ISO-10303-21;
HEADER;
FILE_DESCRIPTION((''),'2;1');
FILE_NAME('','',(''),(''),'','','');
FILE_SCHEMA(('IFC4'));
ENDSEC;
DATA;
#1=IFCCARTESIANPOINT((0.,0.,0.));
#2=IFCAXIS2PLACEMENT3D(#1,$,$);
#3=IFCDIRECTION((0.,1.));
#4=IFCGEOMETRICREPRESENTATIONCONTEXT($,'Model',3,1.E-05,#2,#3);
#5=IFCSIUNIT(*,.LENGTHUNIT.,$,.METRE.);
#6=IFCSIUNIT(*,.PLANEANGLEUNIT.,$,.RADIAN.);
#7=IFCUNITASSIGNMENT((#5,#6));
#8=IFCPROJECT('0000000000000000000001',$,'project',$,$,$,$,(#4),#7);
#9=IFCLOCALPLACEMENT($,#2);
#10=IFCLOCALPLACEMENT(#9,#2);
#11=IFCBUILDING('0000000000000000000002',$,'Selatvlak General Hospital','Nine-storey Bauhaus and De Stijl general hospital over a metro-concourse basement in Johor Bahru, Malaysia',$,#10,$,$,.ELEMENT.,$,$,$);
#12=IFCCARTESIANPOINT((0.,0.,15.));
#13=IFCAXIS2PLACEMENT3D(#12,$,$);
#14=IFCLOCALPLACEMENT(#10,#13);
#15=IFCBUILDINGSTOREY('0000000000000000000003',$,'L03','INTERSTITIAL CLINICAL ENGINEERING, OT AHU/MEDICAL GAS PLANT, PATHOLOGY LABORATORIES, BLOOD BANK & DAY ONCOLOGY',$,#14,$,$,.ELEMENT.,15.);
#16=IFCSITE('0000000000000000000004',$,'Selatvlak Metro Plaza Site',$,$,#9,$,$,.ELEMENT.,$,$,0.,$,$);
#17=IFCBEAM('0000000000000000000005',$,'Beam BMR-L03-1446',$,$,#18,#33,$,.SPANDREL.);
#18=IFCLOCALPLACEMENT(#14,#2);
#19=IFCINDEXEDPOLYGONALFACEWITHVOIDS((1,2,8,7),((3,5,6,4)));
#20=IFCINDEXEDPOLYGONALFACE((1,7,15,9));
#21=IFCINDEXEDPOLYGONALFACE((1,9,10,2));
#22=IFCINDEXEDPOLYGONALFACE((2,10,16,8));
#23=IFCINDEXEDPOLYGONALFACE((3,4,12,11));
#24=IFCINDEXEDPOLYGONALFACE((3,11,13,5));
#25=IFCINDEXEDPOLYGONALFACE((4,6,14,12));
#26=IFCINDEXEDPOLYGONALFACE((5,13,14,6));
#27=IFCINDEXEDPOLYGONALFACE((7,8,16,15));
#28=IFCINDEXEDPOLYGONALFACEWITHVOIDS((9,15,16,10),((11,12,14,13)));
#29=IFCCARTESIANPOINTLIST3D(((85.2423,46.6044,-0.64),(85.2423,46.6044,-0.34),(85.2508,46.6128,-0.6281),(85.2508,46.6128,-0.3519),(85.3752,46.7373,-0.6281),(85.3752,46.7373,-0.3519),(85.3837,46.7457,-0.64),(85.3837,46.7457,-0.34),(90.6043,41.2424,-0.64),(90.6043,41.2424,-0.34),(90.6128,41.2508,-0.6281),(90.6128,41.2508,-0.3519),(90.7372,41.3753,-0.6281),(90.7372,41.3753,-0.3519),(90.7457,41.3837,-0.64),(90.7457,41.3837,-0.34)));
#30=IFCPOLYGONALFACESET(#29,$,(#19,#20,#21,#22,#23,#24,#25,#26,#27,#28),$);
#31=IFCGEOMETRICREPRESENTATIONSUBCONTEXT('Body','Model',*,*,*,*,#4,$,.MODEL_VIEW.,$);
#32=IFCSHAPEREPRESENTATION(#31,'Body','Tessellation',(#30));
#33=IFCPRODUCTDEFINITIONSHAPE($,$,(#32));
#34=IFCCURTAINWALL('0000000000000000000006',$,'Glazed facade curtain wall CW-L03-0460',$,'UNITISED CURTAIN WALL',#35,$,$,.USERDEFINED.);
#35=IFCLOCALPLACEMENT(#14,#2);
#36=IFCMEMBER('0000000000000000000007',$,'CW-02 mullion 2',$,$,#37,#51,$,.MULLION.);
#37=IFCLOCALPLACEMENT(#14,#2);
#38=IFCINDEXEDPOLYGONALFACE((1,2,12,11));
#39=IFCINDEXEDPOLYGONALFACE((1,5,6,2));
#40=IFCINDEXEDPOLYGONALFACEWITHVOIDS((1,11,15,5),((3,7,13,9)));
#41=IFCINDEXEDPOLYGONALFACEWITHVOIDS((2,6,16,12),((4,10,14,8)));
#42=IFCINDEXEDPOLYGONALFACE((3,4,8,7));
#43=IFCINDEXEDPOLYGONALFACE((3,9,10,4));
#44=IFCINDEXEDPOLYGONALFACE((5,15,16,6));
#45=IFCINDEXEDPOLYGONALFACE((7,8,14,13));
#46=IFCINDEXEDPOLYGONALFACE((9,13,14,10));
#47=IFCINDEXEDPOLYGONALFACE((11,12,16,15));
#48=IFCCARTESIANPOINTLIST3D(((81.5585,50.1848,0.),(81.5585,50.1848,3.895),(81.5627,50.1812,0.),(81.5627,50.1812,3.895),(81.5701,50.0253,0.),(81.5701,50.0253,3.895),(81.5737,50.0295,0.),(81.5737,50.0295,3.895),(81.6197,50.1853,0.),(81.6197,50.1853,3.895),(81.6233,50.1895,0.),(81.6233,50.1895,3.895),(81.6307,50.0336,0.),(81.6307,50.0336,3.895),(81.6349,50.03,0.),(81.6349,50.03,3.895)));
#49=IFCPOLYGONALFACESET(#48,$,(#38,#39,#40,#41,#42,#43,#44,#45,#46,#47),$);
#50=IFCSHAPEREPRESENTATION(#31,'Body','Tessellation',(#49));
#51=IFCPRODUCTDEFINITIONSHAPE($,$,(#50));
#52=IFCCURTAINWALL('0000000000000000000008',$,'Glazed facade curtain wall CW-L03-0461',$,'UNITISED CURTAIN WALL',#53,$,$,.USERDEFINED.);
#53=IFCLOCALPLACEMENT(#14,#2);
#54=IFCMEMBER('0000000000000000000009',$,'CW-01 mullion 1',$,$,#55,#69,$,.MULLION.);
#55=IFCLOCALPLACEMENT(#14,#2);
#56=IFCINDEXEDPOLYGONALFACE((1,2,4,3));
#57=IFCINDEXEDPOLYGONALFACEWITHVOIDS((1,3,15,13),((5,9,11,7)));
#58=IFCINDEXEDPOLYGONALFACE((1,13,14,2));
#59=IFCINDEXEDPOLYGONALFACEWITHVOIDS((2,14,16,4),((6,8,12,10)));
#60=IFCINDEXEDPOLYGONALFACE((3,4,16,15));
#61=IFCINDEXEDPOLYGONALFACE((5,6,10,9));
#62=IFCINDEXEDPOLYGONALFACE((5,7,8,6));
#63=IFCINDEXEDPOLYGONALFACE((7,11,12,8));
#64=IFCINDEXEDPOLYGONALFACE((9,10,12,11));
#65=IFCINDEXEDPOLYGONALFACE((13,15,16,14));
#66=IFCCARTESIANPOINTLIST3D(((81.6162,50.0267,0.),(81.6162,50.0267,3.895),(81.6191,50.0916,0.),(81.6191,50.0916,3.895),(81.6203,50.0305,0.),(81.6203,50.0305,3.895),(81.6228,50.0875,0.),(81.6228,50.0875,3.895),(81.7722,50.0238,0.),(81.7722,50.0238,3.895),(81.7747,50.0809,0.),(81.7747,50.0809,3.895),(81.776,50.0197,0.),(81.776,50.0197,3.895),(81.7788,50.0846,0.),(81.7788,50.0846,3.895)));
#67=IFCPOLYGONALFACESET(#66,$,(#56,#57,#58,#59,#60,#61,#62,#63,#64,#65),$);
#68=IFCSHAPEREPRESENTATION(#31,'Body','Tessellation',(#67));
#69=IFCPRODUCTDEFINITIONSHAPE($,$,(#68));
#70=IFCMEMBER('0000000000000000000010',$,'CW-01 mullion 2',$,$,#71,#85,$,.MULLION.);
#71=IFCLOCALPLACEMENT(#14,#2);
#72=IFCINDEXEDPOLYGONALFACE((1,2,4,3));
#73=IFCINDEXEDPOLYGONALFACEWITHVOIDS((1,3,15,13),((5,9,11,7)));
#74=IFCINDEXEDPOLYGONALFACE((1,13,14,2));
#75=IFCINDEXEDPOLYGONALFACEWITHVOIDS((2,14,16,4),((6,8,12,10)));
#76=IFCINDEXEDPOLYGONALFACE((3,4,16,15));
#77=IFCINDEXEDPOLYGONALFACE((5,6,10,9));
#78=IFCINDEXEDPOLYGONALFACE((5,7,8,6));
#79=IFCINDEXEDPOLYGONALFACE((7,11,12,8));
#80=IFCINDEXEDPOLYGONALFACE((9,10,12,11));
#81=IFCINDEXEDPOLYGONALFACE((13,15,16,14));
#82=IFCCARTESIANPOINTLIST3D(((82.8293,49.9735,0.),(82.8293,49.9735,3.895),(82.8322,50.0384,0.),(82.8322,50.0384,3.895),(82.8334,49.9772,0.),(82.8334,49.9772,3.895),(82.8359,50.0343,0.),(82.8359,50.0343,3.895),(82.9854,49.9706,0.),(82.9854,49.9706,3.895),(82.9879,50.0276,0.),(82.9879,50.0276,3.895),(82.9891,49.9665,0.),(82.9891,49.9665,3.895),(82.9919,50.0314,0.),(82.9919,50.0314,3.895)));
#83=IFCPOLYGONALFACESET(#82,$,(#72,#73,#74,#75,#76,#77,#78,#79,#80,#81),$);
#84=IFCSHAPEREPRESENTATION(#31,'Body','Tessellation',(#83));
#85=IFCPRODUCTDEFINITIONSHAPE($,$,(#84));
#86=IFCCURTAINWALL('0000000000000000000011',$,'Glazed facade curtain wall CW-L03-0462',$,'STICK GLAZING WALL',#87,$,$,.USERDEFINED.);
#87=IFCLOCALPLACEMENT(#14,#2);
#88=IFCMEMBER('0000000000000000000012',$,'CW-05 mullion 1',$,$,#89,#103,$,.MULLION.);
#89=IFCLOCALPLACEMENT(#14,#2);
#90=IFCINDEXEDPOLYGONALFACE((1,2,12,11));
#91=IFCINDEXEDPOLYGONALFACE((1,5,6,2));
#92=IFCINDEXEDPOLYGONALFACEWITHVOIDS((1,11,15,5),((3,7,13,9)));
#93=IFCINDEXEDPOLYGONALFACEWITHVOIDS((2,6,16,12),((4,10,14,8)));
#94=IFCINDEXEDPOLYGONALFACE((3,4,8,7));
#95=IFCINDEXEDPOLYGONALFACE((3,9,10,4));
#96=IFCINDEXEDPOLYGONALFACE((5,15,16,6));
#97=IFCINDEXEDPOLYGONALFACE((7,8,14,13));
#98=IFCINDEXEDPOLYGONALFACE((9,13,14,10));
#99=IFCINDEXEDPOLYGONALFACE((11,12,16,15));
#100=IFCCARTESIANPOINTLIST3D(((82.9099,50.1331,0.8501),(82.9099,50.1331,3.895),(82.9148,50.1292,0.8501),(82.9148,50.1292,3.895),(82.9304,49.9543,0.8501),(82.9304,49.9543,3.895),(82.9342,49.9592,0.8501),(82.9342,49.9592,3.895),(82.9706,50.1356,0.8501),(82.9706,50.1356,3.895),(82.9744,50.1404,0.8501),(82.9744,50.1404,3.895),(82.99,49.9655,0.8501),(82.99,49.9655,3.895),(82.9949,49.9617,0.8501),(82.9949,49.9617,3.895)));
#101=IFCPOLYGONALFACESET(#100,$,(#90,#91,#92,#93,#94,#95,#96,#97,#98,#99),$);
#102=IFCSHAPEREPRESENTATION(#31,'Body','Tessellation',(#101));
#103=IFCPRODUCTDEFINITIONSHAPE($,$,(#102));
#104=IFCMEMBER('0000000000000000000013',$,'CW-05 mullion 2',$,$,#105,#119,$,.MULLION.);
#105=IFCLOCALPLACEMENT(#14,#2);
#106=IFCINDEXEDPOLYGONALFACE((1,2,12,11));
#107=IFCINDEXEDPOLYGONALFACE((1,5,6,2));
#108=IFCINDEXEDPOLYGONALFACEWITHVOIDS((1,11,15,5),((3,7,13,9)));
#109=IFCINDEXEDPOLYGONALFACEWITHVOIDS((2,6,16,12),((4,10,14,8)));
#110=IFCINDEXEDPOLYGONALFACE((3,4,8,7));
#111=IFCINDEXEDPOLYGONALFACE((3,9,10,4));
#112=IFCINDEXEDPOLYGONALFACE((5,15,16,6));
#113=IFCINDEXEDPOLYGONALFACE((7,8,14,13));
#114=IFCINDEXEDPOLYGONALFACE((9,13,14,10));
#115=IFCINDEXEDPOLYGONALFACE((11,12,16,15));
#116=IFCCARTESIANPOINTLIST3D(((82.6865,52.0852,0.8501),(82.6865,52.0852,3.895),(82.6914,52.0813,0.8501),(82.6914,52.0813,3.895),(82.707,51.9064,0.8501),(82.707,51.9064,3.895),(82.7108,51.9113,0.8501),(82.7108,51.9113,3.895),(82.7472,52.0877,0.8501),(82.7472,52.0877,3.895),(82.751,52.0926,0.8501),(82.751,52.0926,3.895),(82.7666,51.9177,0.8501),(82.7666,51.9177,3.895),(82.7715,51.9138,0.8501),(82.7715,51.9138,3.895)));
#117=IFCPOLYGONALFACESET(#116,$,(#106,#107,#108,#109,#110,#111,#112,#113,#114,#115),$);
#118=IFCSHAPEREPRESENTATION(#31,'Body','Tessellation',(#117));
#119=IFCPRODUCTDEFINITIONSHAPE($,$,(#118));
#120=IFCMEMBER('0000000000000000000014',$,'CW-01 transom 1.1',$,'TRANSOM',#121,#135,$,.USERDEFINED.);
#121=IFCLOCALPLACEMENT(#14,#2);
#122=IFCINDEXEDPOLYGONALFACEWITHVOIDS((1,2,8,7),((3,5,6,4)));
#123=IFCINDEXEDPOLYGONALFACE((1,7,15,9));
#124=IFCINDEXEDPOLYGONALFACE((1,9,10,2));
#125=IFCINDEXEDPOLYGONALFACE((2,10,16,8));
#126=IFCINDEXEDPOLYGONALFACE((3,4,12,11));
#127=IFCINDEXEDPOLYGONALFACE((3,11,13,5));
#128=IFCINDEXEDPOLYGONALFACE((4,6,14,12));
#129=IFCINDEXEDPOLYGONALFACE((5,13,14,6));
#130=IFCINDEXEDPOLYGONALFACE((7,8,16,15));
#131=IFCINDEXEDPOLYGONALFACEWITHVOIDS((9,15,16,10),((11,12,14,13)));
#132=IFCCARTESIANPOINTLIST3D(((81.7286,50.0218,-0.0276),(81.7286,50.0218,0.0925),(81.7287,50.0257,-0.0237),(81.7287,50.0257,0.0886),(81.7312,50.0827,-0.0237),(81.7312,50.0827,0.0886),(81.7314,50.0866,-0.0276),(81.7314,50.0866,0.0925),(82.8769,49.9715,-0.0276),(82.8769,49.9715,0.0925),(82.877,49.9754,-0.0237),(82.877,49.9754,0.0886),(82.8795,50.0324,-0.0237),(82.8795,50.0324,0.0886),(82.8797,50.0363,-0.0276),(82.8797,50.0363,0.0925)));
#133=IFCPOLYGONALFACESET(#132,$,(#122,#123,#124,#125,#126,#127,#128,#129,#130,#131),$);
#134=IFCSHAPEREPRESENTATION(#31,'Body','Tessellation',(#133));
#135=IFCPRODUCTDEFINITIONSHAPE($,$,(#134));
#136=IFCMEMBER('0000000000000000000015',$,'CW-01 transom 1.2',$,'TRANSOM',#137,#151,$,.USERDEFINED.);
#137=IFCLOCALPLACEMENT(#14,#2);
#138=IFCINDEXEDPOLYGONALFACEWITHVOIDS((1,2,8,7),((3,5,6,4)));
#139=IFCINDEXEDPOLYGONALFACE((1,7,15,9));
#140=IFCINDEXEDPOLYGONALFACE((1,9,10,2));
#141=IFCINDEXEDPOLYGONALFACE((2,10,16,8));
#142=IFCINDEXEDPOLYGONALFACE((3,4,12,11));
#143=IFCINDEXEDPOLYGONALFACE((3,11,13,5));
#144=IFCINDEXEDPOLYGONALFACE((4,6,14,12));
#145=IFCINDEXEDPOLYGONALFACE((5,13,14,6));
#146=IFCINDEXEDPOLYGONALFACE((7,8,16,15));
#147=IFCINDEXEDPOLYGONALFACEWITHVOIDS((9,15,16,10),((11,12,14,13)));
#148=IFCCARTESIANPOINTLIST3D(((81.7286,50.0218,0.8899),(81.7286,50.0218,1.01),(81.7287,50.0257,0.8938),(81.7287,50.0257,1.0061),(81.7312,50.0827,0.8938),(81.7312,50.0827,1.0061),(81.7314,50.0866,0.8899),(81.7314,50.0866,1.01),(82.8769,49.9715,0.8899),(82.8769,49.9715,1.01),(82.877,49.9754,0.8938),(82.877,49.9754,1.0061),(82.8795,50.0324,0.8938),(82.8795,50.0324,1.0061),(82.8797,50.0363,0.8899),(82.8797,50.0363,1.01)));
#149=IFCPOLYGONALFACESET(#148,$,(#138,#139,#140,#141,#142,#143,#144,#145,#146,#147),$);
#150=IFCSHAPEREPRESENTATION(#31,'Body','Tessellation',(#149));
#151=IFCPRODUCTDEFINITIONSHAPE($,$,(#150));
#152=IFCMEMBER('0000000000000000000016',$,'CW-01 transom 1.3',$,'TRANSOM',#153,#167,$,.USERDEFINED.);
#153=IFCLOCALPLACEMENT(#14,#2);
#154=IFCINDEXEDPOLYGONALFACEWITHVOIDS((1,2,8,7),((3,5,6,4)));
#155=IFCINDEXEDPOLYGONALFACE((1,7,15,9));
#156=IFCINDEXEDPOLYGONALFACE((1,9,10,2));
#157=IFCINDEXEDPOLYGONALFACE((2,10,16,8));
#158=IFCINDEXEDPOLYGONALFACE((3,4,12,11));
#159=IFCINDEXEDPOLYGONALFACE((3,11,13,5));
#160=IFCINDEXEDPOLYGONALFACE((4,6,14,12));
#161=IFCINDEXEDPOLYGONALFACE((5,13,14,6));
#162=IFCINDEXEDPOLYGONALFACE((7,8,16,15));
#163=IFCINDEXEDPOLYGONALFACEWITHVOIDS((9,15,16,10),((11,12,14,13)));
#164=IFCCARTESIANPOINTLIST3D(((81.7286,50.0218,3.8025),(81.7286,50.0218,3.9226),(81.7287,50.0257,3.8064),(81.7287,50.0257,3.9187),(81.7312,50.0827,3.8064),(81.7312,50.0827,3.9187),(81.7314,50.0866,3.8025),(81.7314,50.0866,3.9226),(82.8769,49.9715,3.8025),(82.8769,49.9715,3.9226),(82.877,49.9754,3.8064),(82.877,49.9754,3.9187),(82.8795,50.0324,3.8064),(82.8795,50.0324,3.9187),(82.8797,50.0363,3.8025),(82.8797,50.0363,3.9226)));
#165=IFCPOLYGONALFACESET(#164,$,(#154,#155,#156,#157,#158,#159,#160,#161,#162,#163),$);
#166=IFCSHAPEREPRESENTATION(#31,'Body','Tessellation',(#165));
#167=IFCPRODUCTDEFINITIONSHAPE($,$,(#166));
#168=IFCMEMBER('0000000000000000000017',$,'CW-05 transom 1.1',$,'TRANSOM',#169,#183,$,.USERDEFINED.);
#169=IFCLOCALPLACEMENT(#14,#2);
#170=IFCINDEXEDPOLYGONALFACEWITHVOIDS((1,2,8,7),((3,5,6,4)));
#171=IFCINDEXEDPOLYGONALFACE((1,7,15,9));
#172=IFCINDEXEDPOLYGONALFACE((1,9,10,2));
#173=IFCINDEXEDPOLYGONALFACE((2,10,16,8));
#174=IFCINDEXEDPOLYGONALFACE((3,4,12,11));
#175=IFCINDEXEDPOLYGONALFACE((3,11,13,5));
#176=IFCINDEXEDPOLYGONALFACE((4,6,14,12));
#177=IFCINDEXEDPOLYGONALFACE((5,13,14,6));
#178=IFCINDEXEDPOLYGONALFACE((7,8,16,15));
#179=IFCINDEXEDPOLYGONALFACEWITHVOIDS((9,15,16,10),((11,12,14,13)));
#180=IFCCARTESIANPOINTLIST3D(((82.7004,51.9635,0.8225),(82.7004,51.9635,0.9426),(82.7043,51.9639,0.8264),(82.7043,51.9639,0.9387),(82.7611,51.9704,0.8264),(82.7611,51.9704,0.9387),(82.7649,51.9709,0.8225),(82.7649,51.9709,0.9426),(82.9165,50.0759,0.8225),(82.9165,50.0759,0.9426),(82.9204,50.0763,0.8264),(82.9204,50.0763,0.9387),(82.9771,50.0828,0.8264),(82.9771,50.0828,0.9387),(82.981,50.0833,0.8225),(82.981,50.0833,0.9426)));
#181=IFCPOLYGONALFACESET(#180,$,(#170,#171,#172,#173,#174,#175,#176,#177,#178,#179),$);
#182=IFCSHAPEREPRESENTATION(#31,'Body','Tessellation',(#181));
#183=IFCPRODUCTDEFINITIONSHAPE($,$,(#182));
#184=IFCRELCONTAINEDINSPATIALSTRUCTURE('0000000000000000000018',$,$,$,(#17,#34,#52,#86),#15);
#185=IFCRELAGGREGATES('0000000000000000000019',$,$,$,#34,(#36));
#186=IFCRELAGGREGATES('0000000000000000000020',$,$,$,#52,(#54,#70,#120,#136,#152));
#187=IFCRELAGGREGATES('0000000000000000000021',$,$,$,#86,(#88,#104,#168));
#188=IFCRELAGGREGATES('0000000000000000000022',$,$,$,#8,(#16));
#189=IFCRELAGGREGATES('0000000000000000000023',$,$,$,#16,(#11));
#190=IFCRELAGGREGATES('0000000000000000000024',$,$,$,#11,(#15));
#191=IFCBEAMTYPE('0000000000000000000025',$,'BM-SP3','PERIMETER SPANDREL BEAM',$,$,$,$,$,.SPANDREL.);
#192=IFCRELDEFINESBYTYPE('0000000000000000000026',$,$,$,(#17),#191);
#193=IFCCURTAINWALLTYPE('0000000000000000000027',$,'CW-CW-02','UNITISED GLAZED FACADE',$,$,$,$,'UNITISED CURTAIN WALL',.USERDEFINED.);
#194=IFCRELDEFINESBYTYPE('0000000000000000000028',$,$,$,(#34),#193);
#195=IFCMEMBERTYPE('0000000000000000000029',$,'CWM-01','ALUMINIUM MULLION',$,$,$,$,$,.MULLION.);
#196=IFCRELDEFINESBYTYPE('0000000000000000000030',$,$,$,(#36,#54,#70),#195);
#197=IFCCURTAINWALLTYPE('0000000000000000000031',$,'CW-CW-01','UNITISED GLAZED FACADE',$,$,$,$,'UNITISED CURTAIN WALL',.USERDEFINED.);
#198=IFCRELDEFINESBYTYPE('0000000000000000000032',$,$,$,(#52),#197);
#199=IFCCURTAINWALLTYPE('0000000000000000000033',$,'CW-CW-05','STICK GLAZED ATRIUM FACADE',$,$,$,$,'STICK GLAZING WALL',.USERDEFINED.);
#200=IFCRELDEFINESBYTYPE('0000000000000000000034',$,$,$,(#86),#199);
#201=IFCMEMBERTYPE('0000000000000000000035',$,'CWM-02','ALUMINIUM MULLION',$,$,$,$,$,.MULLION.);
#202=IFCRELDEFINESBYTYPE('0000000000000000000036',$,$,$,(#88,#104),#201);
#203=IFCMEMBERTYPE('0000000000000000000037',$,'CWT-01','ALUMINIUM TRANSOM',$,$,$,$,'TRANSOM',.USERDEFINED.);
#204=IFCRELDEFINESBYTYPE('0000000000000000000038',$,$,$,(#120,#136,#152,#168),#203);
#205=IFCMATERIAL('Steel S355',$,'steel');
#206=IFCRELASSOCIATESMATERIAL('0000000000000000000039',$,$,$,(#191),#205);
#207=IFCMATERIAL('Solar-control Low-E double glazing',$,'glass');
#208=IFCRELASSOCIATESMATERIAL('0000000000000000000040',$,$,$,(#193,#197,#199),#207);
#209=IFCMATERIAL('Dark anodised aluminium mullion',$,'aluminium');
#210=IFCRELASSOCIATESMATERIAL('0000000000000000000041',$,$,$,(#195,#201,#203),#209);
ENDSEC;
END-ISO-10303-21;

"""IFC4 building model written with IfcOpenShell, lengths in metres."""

from ifc_helpers import new_model, si_unit, direction, frame, origin, origin_2d, place, context, subcontext, project, spatial, hollow_rectangle, extrude, material, material_profile, profile_set, type_object, element, aggregate, save


model = new_model("IFC4")

# Units and contexts
model_context = context("Model", 3, precision=1e-05, world=origin(), true_north=direction((0.0, 1.0)))
body_context = subcontext(model_context, "Body", "Model", "MODEL_VIEW")
ifc_project = project(units=[si_unit("LENGTHUNIT", "METRE"), si_unit("PLANEANGLEUNIT", "RADIAN")], contexts=[model_context])

# Site, building, storey
site_placement = place(None, origin())
site = spatial("IfcSite", under=ifc_project, at=site_placement, Name="Selatvlak Metro Plaza Site", CompositionType="ELEMENT", RefElevation=0.0)
building_placement = place(site_placement, origin())
building = spatial("IfcBuilding", under=site, at=building_placement, Name="Selatvlak General Hospital", Description="Nine-storey Bauhaus and De Stijl general hospital over a metro-concourse basement in Johor Bahru, Malaysia", CompositionType="ELEMENT")
storey_placement = place(building_placement, frame((0.0, 0.0, 15.0)))
storey = spatial("IfcBuildingStorey", under=building, at=storey_placement, Name="L03", Description="INTERSTITIAL CLINICAL ENGINEERING, OT AHU/MEDICAL GAS PLANT, PATHOLOGY LABORATORIES, BLOOD BANK & DAY ONCOLOGY", CompositionType="ELEMENT", Elevation=15.0)

# Beam
ifc_material_1 = material(Name="Steel S355", Category="steel")
ifc_material_profile_1 = material_profile(ifc_material_1, hollow_rectangle(XDim=0.2, YDim=0.3, WallThickness=0.012, at=origin_2d()), Name="RHS 300x200x12")
ifc_profile_set_1 = profile_set([ifc_material_profile_1], Name="Steel S355")
beam_type = type_object("IfcBeamType", Name="BM-SP3", Description="PERIMETER SPANDREL BEAM", PredefinedType="SPANDREL", material=ifc_profile_set_1)
beam_placement = place(storey_placement, frame((85.313, 46.675, -0.49), z_axis=(0.707107, -0.707107, 0.0), x_axis=(0.707107, 0.707107, 0.0)))
element("IfcBeam", 1, at=beam_placement, inside=storey, type_object=beam_type, Name="Beam BMR-L03-1446", PredefinedType="SPANDREL", context=body_context, shape_type="SweptSolid", body=[
    extrude(hollow_rectangle(XDim=0.2, YDim=0.3, WallThickness=0.012, at=origin_2d()), origin(), (0.0, 0.0, 1.0), 7.583),
])

# Curtain wall, member
ifc_material_2 = material(Name="Solar-control Low-E double glazing", Category="glass")
curtain_wall_type_1 = type_object("IfcCurtainWallType", Name="CW-CW-02", Description="UNITISED GLAZED FACADE", ElementType="UNITISED CURTAIN WALL", PredefinedType="USERDEFINED", material=ifc_material_2)
curtain_wall_1_placement = place(storey_placement, origin())
curtain_wall_1 = element("IfcCurtainWall", 2, at=curtain_wall_1_placement, inside=storey, type_object=curtain_wall_type_1, Name="Glazed facade curtain wall CW-L03-0460", ObjectType="UNITISED CURTAIN WALL", PredefinedType="USERDEFINED")
ifc_material_3 = material(Name="Dark anodised aluminium mullion", Category="aluminium")
ifc_material_profile_2 = material_profile(ifc_material_3, hollow_rectangle(XDim=0.0649, YDim=0.1599, WallThickness=0.0039, at=origin_2d()), Name="AL-MUL 65x160x4")
ifc_profile_set_2 = profile_set([ifc_material_profile_2], Name="Dark anodised aluminium mullion")
member_type_1 = type_object("IfcMemberType", Name="CWM-01", Description="ALUMINIUM MULLION", PredefinedType="MULLION", material=ifc_profile_set_2)
member_1_placement = place(storey_placement, frame((81.5967, 50.1074, 0.0), z_axis=(0.0, 0.0, 1.0), x_axis=(0.997374, 0.072429, 0.0)))
member_1 = element("IfcMember", 3, at=member_1_placement, type_object=member_type_1, Name="CW-02 mullion 2", PredefinedType="MULLION", context=body_context, shape_type="SweptSolid", body=[
    extrude(hollow_rectangle(XDim=0.0649, YDim=0.1599, WallThickness=0.0039, at=origin_2d()), origin(), (0.0, 0.0, 1.0), 3.895),
])
aggregate(curtain_wall_1, [member_1])

# Curtain walls, members
curtain_wall_type_2 = type_object("IfcCurtainWallType", Name="CW-CW-01", Description="UNITISED GLAZED FACADE", ElementType="UNITISED CURTAIN WALL", PredefinedType="USERDEFINED", material=ifc_material_2)
curtain_wall_2_placement = place(storey_placement, origin())
curtain_wall_2 = element("IfcCurtainWall", 4, at=curtain_wall_2_placement, inside=storey, type_object=curtain_wall_type_2, Name="Glazed facade curtain wall CW-L03-0461", ObjectType="UNITISED CURTAIN WALL", PredefinedType="USERDEFINED")
member_2_placement = place(storey_placement, frame((81.6975, 50.0557, 0.0), z_axis=(0.0, 0.0, 1.0), x_axis=(0.043776, 0.999041, 0.0)))
member_2 = element("IfcMember", 5, at=member_2_placement, type_object=member_type_1, Name="CW-01 mullion 1", PredefinedType="MULLION", context=body_context, shape_type="SweptSolid", body=[
    extrude(hollow_rectangle(XDim=0.0649, YDim=0.1599, WallThickness=0.0039, at=origin_2d()), origin(), (0.0, 0.0, 1.0), 3.895),
])
member_3_placement = place(storey_placement, frame((82.9106, 50.0024, 0.0), z_axis=(0.0, 0.0, 1.0), x_axis=(0.043776, 0.999041, 0.0)))
member_3 = element("IfcMember", 6, at=member_3_placement, type_object=member_type_1, Name="CW-01 mullion 2", PredefinedType="MULLION", context=body_context, shape_type="SweptSolid", body=[
    extrude(hollow_rectangle(XDim=0.0649, YDim=0.1599, WallThickness=0.0039, at=origin_2d()), origin(), (0.0, 0.0, 1.0), 3.895),
])
curtain_wall_type_3 = type_object("IfcCurtainWallType", Name="CW-CW-05", Description="STICK GLAZED ATRIUM FACADE", ElementType="STICK GLAZING WALL", PredefinedType="USERDEFINED", material=ifc_material_2)
curtain_wall_3_placement = place(storey_placement, origin())
curtain_wall_3 = element("IfcCurtainWall", 7, at=curtain_wall_3_placement, inside=storey, type_object=curtain_wall_type_3, Name="Glazed facade curtain wall CW-L03-0462", ObjectType="STICK GLAZING WALL", PredefinedType="USERDEFINED")
ifc_material_profile_3 = material_profile(ifc_material_3, hollow_rectangle(XDim=0.0649, YDim=0.1799, WallThickness=0.0044, at=origin_2d()), Name="AL-MUL 65x180x4.5")
ifc_profile_set_3 = profile_set([ifc_material_profile_3], Name="Dark anodised aluminium mullion")
member_type_2 = type_object("IfcMemberType", Name="CWM-02", Description="ALUMINIUM MULLION", PredefinedType="MULLION", material=ifc_profile_set_3)
member_4_placement = place(storey_placement, frame((82.9524, 50.0474, 0.8501), z_axis=(0.0, 0.0, 1.0), x_axis=(-0.993521, -0.113645, 0.0)))
member_4 = element("IfcMember", 8, at=member_4_placement, type_object=member_type_2, Name="CW-05 mullion 1", PredefinedType="MULLION", context=body_context, shape_type="SweptSolid", body=[
    extrude(hollow_rectangle(XDim=0.0649, YDim=0.1799, WallThickness=0.0044, at=origin_2d()), origin(), (0.0, 0.0, 1.0), 3.0449),
])
member_5_placement = place(storey_placement, frame((82.729, 51.9995, 0.8501), z_axis=(0.0, 0.0, 1.0), x_axis=(-0.993521, -0.113645, 0.0)))
member_5 = element("IfcMember", 9, at=member_5_placement, type_object=member_type_2, Name="CW-05 mullion 2", PredefinedType="MULLION", context=body_context, shape_type="SweptSolid", body=[
    extrude(hollow_rectangle(XDim=0.0649, YDim=0.1799, WallThickness=0.0044, at=origin_2d()), origin(), (0.0, 0.0, 1.0), 3.0449),
])

# Members
ifc_material_profile_4 = material_profile(ifc_material_3, hollow_rectangle(XDim=0.0649, YDim=0.1201, WallThickness=0.0039, at=origin_2d()), Name="AL-TRN 65x120x4")
ifc_profile_set_4 = profile_set([ifc_material_profile_4], Name="Dark anodised aluminium mullion")
member_type_3 = type_object("IfcMemberType", Name="CWT-01", Description="ALUMINIUM TRANSOM", ElementType="TRANSOM", PredefinedType="USERDEFINED", material=ifc_profile_set_4)
member_6_placement = place(storey_placement, frame((81.73, 50.0542, 0.0325), z_axis=(0.999042, -0.04376, 0.0), x_axis=(0.04376, 0.999042, 0.0)))
member_6 = element("IfcMember", 10, at=member_6_placement, type_object=member_type_3, Name="CW-01 transom 1.1", ObjectType="TRANSOM", PredefinedType="USERDEFINED", context=body_context, shape_type="SweptSolid", body=[
    extrude(hollow_rectangle(XDim=0.0649, YDim=0.1201, WallThickness=0.0039, at=origin_2d()), origin(), (0.0, 0.0, 1.0), 1.1494),
])
member_7_placement = place(storey_placement, frame((81.73, 50.0542, 0.95), z_axis=(0.999042, -0.04376, 0.0), x_axis=(0.04376, 0.999042, 0.0)))
member_7 = element("IfcMember", 11, at=member_7_placement, type_object=member_type_3, Name="CW-01 transom 1.2", ObjectType="TRANSOM", PredefinedType="USERDEFINED", context=body_context, shape_type="SweptSolid", body=[
    extrude(hollow_rectangle(XDim=0.0649, YDim=0.1201, WallThickness=0.0039, at=origin_2d()), origin(), (0.0, 0.0, 1.0), 1.1494),
])
member_8_placement = place(storey_placement, frame((81.73, 50.0542, 3.8625), z_axis=(0.999042, -0.04376, 0.0), x_axis=(0.04376, 0.999042, 0.0)))
member_8 = element("IfcMember", 12, at=member_8_placement, type_object=member_type_3, Name="CW-01 transom 1.3", ObjectType="TRANSOM", PredefinedType="USERDEFINED", context=body_context, shape_type="SweptSolid", body=[
    extrude(hollow_rectangle(XDim=0.0649, YDim=0.1201, WallThickness=0.0039, at=origin_2d()), origin(), (0.0, 0.0, 1.0), 1.1494),
])
member_9_placement = place(storey_placement, frame((82.9487, 50.0796, 0.8826), z_axis=(-0.113717, 0.993513, 0.0), x_axis=(-0.993513, -0.113717, 0.0)))
member_9 = element("IfcMember", 13, at=member_9_placement, type_object=member_type_3, Name="CW-05 transom 1.1", ObjectType="TRANSOM", PredefinedType="USERDEFINED", context=body_context, shape_type="SweptSolid", body=[
    extrude(hollow_rectangle(XDim=0.0649, YDim=0.1201, WallThickness=0.0039, at=origin_2d()), origin(), (0.0, 0.0, 1.0), 1.8999),
])

aggregate(curtain_wall_2, [member_2, member_3, member_6, member_7, member_8])
aggregate(curtain_wall_3, [member_4, member_5, member_9])

save(model, "model.ifc")
